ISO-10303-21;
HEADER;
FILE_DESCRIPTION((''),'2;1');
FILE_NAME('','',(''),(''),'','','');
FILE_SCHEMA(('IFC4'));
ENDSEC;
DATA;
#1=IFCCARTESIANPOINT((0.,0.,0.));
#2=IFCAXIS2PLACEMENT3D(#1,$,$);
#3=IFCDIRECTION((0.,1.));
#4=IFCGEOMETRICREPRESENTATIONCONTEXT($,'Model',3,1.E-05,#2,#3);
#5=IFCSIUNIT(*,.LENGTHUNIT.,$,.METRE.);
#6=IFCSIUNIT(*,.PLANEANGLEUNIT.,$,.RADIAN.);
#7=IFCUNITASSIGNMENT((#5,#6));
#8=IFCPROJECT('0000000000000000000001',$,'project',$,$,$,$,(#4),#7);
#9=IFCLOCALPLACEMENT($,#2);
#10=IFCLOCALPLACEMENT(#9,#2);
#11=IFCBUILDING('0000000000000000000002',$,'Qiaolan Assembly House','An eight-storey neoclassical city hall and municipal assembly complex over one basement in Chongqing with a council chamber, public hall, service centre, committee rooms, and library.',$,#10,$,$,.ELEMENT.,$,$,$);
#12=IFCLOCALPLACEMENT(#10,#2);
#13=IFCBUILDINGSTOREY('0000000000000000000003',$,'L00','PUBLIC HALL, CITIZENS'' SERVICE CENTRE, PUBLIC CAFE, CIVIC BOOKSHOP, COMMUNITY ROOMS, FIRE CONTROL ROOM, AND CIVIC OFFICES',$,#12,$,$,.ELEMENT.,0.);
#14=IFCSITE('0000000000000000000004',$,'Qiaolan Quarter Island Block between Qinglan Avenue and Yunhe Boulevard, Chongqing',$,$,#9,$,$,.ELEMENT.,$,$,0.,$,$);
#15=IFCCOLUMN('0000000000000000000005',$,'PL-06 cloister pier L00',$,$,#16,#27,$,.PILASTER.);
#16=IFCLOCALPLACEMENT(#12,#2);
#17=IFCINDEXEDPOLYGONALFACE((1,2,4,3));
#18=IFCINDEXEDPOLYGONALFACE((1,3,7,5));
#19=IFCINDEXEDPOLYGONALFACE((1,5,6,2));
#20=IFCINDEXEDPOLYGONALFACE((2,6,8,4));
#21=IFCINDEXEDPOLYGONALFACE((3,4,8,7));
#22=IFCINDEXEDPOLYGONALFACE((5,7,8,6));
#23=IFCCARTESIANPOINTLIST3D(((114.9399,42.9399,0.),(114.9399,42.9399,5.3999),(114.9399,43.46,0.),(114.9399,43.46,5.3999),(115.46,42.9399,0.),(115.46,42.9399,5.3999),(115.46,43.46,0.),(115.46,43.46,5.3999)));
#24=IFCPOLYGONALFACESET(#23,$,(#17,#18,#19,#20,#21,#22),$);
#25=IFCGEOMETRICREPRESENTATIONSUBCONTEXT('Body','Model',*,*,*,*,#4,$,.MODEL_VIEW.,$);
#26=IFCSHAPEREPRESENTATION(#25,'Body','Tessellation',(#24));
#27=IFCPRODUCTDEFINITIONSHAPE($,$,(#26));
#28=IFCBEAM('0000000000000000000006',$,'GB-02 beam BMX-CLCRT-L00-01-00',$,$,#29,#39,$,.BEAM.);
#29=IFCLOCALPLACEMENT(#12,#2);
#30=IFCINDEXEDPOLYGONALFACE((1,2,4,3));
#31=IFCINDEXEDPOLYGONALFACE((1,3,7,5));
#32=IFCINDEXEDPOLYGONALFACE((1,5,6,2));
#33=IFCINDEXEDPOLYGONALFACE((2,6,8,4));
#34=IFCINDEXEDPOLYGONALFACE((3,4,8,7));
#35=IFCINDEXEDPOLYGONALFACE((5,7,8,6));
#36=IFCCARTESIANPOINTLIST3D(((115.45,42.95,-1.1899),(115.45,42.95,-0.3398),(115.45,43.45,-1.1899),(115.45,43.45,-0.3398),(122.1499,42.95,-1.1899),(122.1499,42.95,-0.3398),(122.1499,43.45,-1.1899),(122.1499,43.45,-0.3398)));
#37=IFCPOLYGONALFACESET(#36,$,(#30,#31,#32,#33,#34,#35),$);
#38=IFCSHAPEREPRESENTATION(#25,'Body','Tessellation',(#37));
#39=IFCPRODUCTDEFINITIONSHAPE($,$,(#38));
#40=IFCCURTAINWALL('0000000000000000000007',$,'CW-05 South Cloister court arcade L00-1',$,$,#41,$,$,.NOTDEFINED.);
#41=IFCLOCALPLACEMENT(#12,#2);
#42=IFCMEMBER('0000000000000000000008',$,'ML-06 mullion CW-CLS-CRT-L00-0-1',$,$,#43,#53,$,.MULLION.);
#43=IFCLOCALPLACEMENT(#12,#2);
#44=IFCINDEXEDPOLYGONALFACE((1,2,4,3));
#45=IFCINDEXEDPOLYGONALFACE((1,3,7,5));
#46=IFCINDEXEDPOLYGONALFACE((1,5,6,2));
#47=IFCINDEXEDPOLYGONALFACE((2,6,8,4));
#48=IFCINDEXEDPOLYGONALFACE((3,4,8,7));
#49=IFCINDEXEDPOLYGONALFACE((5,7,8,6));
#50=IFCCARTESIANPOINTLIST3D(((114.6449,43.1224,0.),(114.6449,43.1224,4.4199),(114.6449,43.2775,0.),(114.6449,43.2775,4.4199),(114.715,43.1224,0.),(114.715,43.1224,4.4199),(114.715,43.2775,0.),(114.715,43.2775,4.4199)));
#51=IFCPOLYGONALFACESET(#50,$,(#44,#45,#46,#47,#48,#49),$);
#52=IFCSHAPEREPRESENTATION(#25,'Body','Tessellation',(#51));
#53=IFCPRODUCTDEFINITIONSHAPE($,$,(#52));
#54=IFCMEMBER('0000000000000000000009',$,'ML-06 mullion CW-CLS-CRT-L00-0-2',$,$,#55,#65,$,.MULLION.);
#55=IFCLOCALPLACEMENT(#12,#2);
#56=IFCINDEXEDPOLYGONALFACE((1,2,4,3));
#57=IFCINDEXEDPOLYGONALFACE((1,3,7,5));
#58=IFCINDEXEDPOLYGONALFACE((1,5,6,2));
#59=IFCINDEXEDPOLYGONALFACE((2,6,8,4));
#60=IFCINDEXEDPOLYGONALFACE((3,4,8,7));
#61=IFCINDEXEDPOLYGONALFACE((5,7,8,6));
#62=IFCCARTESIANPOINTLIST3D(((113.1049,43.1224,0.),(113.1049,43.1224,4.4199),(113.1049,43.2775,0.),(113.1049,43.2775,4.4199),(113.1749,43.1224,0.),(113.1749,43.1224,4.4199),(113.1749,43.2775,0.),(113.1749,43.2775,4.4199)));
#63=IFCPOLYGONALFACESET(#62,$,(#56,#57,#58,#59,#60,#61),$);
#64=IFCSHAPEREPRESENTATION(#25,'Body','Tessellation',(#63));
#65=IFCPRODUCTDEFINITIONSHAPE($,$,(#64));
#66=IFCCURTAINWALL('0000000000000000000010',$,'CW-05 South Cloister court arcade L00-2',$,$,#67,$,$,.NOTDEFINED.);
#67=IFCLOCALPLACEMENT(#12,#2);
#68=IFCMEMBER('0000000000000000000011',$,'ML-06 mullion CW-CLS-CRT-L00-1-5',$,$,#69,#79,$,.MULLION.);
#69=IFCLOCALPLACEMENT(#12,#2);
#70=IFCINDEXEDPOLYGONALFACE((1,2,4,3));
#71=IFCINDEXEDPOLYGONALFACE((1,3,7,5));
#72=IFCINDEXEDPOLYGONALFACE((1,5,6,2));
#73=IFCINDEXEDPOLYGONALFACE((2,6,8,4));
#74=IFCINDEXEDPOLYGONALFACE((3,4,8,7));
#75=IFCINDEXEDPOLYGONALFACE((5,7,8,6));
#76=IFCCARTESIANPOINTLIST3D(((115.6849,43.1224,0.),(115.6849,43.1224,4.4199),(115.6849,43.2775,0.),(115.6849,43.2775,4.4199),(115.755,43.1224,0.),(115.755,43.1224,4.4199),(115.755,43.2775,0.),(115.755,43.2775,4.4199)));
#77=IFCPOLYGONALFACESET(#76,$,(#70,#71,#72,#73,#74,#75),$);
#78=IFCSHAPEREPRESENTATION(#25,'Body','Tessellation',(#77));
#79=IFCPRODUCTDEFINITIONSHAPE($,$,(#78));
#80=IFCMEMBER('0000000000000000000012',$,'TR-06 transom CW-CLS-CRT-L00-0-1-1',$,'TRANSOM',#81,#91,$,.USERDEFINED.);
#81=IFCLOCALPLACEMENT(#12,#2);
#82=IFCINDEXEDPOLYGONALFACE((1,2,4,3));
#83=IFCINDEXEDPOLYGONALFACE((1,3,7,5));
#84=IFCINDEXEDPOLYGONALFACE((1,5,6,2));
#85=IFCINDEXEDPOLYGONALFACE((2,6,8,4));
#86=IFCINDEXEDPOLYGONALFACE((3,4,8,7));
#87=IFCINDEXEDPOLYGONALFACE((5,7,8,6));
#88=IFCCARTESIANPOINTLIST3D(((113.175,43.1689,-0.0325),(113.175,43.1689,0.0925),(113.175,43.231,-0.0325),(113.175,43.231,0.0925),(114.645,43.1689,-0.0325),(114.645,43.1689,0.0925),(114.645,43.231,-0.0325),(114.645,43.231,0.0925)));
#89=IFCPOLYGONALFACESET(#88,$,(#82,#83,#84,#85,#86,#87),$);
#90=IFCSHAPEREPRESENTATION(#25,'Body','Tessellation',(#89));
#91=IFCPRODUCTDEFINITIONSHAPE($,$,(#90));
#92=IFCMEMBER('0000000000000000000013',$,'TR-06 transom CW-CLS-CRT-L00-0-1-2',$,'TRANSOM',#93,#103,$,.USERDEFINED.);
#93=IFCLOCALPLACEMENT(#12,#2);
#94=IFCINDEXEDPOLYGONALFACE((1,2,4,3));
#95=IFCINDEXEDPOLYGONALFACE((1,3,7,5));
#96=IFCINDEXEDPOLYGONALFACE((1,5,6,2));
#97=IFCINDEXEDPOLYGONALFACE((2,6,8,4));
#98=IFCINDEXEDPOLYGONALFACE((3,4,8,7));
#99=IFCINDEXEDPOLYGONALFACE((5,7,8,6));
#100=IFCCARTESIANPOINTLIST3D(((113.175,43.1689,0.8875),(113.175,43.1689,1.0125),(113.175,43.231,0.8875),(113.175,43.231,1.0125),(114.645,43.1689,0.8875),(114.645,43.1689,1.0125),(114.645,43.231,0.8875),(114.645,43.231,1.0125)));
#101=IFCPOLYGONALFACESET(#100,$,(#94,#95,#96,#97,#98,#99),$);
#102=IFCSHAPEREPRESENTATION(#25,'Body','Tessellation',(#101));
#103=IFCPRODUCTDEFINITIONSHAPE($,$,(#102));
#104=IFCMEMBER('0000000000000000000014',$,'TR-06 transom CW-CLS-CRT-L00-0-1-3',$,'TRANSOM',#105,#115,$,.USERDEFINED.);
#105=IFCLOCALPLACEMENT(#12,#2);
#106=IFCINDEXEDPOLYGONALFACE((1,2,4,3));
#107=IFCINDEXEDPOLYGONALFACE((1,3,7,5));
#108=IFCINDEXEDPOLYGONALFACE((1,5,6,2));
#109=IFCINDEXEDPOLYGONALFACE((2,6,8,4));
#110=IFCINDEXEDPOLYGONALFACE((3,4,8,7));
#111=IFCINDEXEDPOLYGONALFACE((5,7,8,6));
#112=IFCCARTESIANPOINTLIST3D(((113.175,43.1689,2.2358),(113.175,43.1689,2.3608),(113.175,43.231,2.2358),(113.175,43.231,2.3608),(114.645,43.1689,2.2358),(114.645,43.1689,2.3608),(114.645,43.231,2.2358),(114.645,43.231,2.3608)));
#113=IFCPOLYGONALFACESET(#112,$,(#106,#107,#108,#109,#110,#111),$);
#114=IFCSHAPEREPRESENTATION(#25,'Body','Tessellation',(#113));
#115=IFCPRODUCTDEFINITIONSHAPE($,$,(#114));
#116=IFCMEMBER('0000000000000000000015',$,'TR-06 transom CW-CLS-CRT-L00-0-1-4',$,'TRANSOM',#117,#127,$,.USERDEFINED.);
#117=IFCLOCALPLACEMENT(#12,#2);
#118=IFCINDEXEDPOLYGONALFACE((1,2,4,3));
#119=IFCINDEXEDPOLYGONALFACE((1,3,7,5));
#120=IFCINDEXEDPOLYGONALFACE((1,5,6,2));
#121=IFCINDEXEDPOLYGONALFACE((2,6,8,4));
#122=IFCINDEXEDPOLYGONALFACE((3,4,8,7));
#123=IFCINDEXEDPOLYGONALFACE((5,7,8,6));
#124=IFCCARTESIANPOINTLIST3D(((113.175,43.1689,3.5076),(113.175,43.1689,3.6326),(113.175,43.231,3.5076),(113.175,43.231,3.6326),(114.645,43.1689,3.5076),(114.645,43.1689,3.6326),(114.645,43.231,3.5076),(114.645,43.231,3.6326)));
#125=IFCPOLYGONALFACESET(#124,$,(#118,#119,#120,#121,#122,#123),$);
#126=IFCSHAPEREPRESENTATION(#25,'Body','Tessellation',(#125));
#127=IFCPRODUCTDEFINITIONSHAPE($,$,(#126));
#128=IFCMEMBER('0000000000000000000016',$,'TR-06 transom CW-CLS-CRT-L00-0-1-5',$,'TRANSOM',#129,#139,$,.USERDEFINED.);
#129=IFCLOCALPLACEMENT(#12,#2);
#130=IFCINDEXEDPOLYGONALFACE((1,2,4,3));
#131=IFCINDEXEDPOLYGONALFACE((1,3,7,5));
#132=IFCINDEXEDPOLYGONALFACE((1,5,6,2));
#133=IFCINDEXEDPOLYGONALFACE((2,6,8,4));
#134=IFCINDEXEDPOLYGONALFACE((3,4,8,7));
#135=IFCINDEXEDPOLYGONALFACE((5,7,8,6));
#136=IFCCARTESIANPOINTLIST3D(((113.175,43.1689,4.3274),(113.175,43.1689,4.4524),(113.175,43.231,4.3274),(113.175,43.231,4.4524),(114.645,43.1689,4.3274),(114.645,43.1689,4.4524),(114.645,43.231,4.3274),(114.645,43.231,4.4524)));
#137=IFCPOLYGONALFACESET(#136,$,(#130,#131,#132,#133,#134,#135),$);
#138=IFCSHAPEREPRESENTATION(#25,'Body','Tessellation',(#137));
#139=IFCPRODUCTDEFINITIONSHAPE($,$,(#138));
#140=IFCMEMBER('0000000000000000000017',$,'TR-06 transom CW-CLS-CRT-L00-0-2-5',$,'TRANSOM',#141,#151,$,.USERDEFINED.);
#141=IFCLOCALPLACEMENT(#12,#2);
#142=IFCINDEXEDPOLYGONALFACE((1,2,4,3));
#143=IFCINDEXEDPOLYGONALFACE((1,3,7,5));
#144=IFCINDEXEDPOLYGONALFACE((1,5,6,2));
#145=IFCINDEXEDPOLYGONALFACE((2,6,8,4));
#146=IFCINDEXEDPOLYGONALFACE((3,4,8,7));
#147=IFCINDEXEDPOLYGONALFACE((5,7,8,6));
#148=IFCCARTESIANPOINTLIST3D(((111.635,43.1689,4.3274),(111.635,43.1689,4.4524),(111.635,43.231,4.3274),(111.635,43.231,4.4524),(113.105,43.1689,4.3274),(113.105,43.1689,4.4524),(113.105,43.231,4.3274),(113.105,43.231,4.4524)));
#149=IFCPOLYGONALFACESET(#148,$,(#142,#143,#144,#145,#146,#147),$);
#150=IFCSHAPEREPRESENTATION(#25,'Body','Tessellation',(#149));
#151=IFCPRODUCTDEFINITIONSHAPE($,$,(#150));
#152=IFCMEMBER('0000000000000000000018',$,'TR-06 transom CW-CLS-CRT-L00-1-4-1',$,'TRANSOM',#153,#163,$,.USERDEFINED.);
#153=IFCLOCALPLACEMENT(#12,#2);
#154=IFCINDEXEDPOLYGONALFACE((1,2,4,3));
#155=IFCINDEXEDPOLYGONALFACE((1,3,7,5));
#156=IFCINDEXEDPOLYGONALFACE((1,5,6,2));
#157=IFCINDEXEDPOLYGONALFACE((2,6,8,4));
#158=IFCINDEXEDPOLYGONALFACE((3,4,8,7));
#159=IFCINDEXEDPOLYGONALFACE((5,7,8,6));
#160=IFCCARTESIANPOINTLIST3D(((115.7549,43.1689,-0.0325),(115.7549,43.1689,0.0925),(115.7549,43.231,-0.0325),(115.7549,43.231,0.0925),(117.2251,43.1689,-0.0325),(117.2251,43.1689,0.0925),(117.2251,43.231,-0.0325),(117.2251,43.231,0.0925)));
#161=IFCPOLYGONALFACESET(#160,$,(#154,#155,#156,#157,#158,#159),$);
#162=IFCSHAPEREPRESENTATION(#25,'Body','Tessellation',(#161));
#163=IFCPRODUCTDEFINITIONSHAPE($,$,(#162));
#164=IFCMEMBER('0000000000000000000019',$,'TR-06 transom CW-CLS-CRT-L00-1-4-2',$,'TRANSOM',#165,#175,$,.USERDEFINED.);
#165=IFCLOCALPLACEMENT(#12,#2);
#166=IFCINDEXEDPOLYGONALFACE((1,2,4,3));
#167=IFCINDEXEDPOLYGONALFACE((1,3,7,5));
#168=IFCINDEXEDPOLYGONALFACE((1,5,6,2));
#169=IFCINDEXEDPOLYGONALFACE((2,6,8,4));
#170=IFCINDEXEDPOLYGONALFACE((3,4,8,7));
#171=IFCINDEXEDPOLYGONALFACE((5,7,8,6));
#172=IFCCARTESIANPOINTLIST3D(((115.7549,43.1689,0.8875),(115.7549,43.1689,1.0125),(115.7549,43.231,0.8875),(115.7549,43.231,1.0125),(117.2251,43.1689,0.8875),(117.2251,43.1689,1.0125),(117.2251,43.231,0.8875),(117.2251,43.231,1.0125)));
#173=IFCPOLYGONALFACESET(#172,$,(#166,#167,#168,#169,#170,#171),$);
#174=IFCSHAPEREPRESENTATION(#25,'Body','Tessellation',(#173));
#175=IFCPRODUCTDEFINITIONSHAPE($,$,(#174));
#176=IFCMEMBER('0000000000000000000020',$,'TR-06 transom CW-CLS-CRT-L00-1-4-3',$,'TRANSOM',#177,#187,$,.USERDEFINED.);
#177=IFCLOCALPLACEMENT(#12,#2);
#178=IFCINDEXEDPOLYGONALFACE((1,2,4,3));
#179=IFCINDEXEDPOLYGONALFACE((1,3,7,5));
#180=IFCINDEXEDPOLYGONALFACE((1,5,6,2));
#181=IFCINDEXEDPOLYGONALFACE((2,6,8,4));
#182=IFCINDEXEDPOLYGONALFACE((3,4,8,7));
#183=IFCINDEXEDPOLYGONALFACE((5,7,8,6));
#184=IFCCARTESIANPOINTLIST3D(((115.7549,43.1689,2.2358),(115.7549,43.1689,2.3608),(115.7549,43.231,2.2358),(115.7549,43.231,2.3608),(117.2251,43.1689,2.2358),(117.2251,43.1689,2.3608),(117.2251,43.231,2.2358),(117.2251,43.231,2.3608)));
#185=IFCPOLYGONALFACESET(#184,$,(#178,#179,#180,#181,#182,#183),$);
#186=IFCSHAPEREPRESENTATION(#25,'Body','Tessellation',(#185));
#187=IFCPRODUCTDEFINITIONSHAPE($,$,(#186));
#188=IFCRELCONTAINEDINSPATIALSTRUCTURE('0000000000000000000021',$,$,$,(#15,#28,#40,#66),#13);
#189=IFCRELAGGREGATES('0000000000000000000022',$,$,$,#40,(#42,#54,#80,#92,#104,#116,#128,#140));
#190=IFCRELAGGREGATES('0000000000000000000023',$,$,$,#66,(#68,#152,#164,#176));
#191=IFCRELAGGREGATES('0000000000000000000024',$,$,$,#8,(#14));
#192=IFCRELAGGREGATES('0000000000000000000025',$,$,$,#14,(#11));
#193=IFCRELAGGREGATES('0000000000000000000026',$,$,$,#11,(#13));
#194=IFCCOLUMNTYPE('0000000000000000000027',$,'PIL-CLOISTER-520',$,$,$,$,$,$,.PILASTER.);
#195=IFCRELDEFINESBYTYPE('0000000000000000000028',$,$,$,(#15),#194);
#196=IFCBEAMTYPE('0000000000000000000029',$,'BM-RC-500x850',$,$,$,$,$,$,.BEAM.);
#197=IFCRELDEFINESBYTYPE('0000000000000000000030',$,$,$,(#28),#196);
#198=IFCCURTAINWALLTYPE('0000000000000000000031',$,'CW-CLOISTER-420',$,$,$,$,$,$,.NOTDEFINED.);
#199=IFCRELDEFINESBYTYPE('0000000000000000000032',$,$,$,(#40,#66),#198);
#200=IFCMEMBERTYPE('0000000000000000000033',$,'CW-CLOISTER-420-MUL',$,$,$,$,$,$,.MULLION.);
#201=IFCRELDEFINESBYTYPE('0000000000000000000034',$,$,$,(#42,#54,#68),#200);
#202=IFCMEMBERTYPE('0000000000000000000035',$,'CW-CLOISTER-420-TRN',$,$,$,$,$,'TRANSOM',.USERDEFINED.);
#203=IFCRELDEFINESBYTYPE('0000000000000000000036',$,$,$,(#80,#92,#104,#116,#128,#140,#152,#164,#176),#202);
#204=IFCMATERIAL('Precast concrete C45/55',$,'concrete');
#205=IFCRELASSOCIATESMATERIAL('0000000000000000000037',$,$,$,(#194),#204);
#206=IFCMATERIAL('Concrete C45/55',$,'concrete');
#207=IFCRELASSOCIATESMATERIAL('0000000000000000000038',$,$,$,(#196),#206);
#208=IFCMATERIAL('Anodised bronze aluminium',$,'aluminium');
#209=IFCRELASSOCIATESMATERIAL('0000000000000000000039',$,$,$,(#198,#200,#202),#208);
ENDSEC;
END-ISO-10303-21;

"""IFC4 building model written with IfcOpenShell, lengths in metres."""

from ifc_helpers import new_model, si_unit, direction, frame, origin, origin_2d, place, context, subcontext, project, spatial, rectangle, extrude, material, material_profile, profile_set, type_object, element, aggregate, save


model = new_model("IFC4")

# Units and contexts
model_context = context("Model", 3, precision=1e-05, world=origin(), true_north=direction((0.0, 1.0)))
body_context = subcontext(model_context, "Body", "Model", "MODEL_VIEW")
ifc_project = project(units=[si_unit("LENGTHUNIT", "METRE"), si_unit("PLANEANGLEUNIT", "RADIAN")], contexts=[model_context])

# Site, building, storey
site_placement = place(None, origin())
site = spatial("IfcSite", under=ifc_project, at=site_placement, Name="Qiaolan Quarter Island Block between Qinglan Avenue and Yunhe Boulevard, Chongqing", CompositionType="ELEMENT", RefElevation=0.0)
building_placement = place(site_placement, origin())
building = spatial("IfcBuilding", under=site, at=building_placement, Name="Qiaolan Assembly House", Description="An eight-storey neoclassical city hall and municipal assembly complex over one basement in Chongqing with a council chamber, public hall, service centre, committee rooms, and library.", CompositionType="ELEMENT")
storey_placement = place(building_placement, origin())
storey = spatial("IfcBuildingStorey", under=building, at=storey_placement, Name="L00", Description="PUBLIC HALL, CITIZENS' SERVICE CENTRE, PUBLIC CAFE, CIVIC BOOKSHOP, COMMUNITY ROOMS, FIRE CONTROL ROOM, AND CIVIC OFFICES", CompositionType="ELEMENT", Elevation=0.0)

# Column
ifc_material_1 = material(Name="Precast concrete C45/55", Category="concrete")
ifc_material_profile_1 = material_profile(ifc_material_1, rectangle(XDim=0.52, YDim=0.52, at=origin_2d()), Name="PIL 520x520")
ifc_profile_set_1 = profile_set([ifc_material_profile_1], Name="Precast concrete C45/55")
column_type = type_object("IfcColumnType", Name="PIL-CLOISTER-520", PredefinedType="PILASTER", material=ifc_profile_set_1)
column_placement = place(storey_placement, frame((115.2, 43.2, 0.0), z_axis=(0.0, 0.0, 1.0), x_axis=(1.0, 0.0, 0.0)))
element("IfcColumn", 1, at=column_placement, inside=storey, type_object=column_type, Name="PL-06 cloister pier L00", PredefinedType="PILASTER", context=body_context, shape_type="SweptSolid", body=[
    extrude(rectangle(XDim=0.52, YDim=0.52, at=origin_2d()), origin(), (0.0, 0.0, 1.0), 5.3999),
])

# Beam
ifc_material_2 = material(Name="Concrete C45/55", Category="concrete")
ifc_material_profile_2 = material_profile(ifc_material_2, rectangle(XDim=0.5, YDim=0.8501, at=origin_2d()), Name="RCB 500x850")
ifc_profile_set_2 = profile_set([ifc_material_profile_2], Name="Concrete C45/55")
beam_type = type_object("IfcBeamType", Name="BM-RC-500x850", PredefinedType="BEAM", material=ifc_profile_set_2)
beam_placement = place(storey_placement, frame((115.45, 43.2, -0.7649), z_axis=(1.0, 0.0, 0.0), x_axis=(0.0, 1.0, 0.0)))
element("IfcBeam", 2, at=beam_placement, inside=storey, type_object=beam_type, Name="GB-02 beam BMX-CLCRT-L00-01-00", PredefinedType="BEAM", context=body_context, shape_type="SweptSolid", body=[
    extrude(rectangle(XDim=0.5, YDim=0.8501, at=origin_2d()), origin(), (0.0, 0.0, 1.0), 6.7),
])

# Curtain wall, members
ifc_material_3 = material(Name="Anodised bronze aluminium", Category="aluminium")
curtain_wall_type = type_object("IfcCurtainWallType", Name="CW-CLOISTER-420", PredefinedType="NOTDEFINED", material=ifc_material_3)
curtain_wall_1_placement = place(storey_placement, origin())
curtain_wall_1 = element("IfcCurtainWall", 3, at=curtain_wall_1_placement, inside=storey, type_object=curtain_wall_type, Name="CW-05 South Cloister court arcade L00-1", PredefinedType="NOTDEFINED")
ifc_material_profile_3 = material_profile(ifc_material_3, rectangle(XDim=0.0701, YDim=0.155, at=origin_2d()), Name="MUL 70x155")
ifc_profile_set_3 = profile_set([ifc_material_profile_3], Name="Anodised bronze aluminium")
member_type_1 = type_object("IfcMemberType", Name="CW-CLOISTER-420-MUL", PredefinedType="MULLION", material=ifc_profile_set_3)
member_1_placement = place(storey_placement, frame((114.6799, 43.2, 0.0), z_axis=(0.0, 0.0, 1.0), x_axis=(-1.0, 0.0, 0.0)))
member_1 = element("IfcMember", 4, at=member_1_placement, type_object=member_type_1, Name="ML-06 mullion CW-CLS-CRT-L00-0-1", PredefinedType="MULLION", context=body_context, shape_type="SweptSolid", body=[
    extrude(rectangle(XDim=0.0701, YDim=0.155, at=origin_2d()), origin(), (0.0, 0.0, 1.0), 4.4199),
])
member_2_placement = place(storey_placement, frame((113.1399, 43.2, 0.0), z_axis=(0.0, 0.0, 1.0), x_axis=(-1.0, 0.0, 0.0)))
member_2 = element("IfcMember", 5, at=member_2_placement, type_object=member_type_1, Name="ML-06 mullion CW-CLS-CRT-L00-0-2", PredefinedType="MULLION", context=body_context, shape_type="SweptSolid", body=[
    extrude(rectangle(XDim=0.0701, YDim=0.155, at=origin_2d()), origin(), (0.0, 0.0, 1.0), 4.4199),
])

# Curtain wall, member
curtain_wall_2_placement = place(storey_placement, origin())
curtain_wall_2 = element("IfcCurtainWall", 6, at=curtain_wall_2_placement, inside=storey, type_object=curtain_wall_type, Name="CW-05 South Cloister court arcade L00-2", PredefinedType="NOTDEFINED")
member_3_placement = place(storey_placement, frame((115.72, 43.2, 0.0), z_axis=(0.0, 0.0, 1.0), x_axis=(-1.0, 0.0, 0.0)))
member_3 = element("IfcMember", 7, at=member_3_placement, type_object=member_type_1, Name="ML-06 mullion CW-CLS-CRT-L00-1-5", PredefinedType="MULLION", context=body_context, shape_type="SweptSolid", body=[
    extrude(rectangle(XDim=0.0701, YDim=0.155, at=origin_2d()), origin(), (0.0, 0.0, 1.0), 4.4199),
])

# Members
ifc_material_profile_4 = material_profile(ifc_material_3, rectangle(XDim=0.062, YDim=0.125, at=origin_2d()), Name="TRN 62x125")
ifc_profile_set_4 = profile_set([ifc_material_profile_4], Name="Anodised bronze aluminium")
member_type_2 = type_object("IfcMemberType", Name="CW-CLOISTER-420-TRN", ElementType="TRANSOM", PredefinedType="USERDEFINED", material=ifc_profile_set_4)
member_4_placement = place(storey_placement, frame((114.645, 43.2, 0.03), z_axis=(-1.0, 0.0, 0.0), x_axis=(0.0, -1.0, 0.0)))
member_4 = element("IfcMember", 8, at=member_4_placement, type_object=member_type_2, Name="TR-06 transom CW-CLS-CRT-L00-0-1-1", ObjectType="TRANSOM", PredefinedType="USERDEFINED", context=body_context, shape_type="SweptSolid", body=[
    extrude(rectangle(XDim=0.062, YDim=0.125, at=origin_2d()), origin(), (0.0, 0.0, 1.0), 1.47),
])
member_5_placement = place(storey_placement, frame((114.645, 43.2, 0.95), z_axis=(-1.0, 0.0, 0.0), x_axis=(0.0, -1.0, 0.0)))
member_5 = element("IfcMember", 9, at=member_5_placement, type_object=member_type_2, Name="TR-06 transom CW-CLS-CRT-L00-0-1-2", ObjectType="TRANSOM", PredefinedType="USERDEFINED", context=body_context, shape_type="SweptSolid", body=[
    extrude(rectangle(XDim=0.062, YDim=0.125, at=origin_2d()), origin(), (0.0, 0.0, 1.0), 1.47),
])
member_6_placement = place(storey_placement, frame((114.645, 43.2, 2.2983), z_axis=(-1.0, 0.0, 0.0), x_axis=(0.0, -1.0, 0.0)))
member_6 = element("IfcMember", 10, at=member_6_placement, type_object=member_type_2, Name="TR-06 transom CW-CLS-CRT-L00-0-1-3", ObjectType="TRANSOM", PredefinedType="USERDEFINED", context=body_context, shape_type="SweptSolid", body=[
    extrude(rectangle(XDim=0.062, YDim=0.125, at=origin_2d()), origin(), (0.0, 0.0, 1.0), 1.47),
])
member_7_placement = place(storey_placement, frame((114.645, 43.2, 3.5701), z_axis=(-1.0, 0.0, 0.0), x_axis=(0.0, -1.0, 0.0)))
member_7 = element("IfcMember", 11, at=member_7_placement, type_object=member_type_2, Name="TR-06 transom CW-CLS-CRT-L00-0-1-4", ObjectType="TRANSOM", PredefinedType="USERDEFINED", context=body_context, shape_type="SweptSolid", body=[
    extrude(rectangle(XDim=0.062, YDim=0.125, at=origin_2d()), origin(), (0.0, 0.0, 1.0), 1.47),
])
member_8_placement = place(storey_placement, frame((114.645, 43.2, 4.3899), z_axis=(-1.0, 0.0, 0.0), x_axis=(0.0, -1.0, 0.0)))
member_8 = element("IfcMember", 12, at=member_8_placement, type_object=member_type_2, Name="TR-06 transom CW-CLS-CRT-L00-0-1-5", ObjectType="TRANSOM", PredefinedType="USERDEFINED", context=body_context, shape_type="SweptSolid", body=[
    extrude(rectangle(XDim=0.062, YDim=0.125, at=origin_2d()), origin(), (0.0, 0.0, 1.0), 1.47),
])
member_9_placement = place(storey_placement, frame((113.105, 43.2, 4.3899), z_axis=(-1.0, 0.0, 0.0), x_axis=(0.0, -1.0, 0.0)))
member_9 = element("IfcMember", 13, at=member_9_placement, type_object=member_type_2, Name="TR-06 transom CW-CLS-CRT-L00-0-2-5", ObjectType="TRANSOM", PredefinedType="USERDEFINED", context=body_context, shape_type="SweptSolid", body=[
    extrude(rectangle(XDim=0.062, YDim=0.125, at=origin_2d()), origin(), (0.0, 0.0, 1.0), 1.47),
])
member_10_placement = place(storey_placement, frame((117.2251, 43.2, 0.03), z_axis=(-1.0, 0.0, 0.0), x_axis=(0.0, -1.0, 0.0)))
member_10 = element("IfcMember", 14, at=member_10_placement, type_object=member_type_2, Name="TR-06 transom CW-CLS-CRT-L00-1-4-1", ObjectType="TRANSOM", PredefinedType="USERDEFINED", context=body_context, shape_type="SweptSolid", body=[
    extrude(rectangle(XDim=0.062, YDim=0.125, at=origin_2d()), origin(), (0.0, 0.0, 1.0), 1.4702),
])
member_11_placement = place(storey_placement, frame((117.2251, 43.2, 0.95), z_axis=(-1.0, 0.0, 0.0), x_axis=(0.0, -1.0, 0.0)))
member_11 = element("IfcMember", 15, at=member_11_placement, type_object=member_type_2, Name="TR-06 transom CW-CLS-CRT-L00-1-4-2", ObjectType="TRANSOM", PredefinedType="USERDEFINED", context=body_context, shape_type="SweptSolid", body=[
    extrude(rectangle(XDim=0.062, YDim=0.125, at=origin_2d()), origin(), (0.0, 0.0, 1.0), 1.4702),
])
member_12_placement = place(storey_placement, frame((117.2251, 43.2, 2.2983), z_axis=(-1.0, 0.0, 0.0), x_axis=(0.0, -1.0, 0.0)))
member_12 = element("IfcMember", 16, at=member_12_placement, type_object=member_type_2, Name="TR-06 transom CW-CLS-CRT-L00-1-4-3", ObjectType="TRANSOM", PredefinedType="USERDEFINED", context=body_context, shape_type="SweptSolid", body=[
    extrude(rectangle(XDim=0.062, YDim=0.125, at=origin_2d()), origin(), (0.0, 0.0, 1.0), 1.4702),
])

aggregate(curtain_wall_1, [member_1, member_2, member_4, member_5, member_6, member_7, member_8, member_9])
aggregate(curtain_wall_2, [member_3, member_10, member_11, member_12])

save(model, "model.ifc")
